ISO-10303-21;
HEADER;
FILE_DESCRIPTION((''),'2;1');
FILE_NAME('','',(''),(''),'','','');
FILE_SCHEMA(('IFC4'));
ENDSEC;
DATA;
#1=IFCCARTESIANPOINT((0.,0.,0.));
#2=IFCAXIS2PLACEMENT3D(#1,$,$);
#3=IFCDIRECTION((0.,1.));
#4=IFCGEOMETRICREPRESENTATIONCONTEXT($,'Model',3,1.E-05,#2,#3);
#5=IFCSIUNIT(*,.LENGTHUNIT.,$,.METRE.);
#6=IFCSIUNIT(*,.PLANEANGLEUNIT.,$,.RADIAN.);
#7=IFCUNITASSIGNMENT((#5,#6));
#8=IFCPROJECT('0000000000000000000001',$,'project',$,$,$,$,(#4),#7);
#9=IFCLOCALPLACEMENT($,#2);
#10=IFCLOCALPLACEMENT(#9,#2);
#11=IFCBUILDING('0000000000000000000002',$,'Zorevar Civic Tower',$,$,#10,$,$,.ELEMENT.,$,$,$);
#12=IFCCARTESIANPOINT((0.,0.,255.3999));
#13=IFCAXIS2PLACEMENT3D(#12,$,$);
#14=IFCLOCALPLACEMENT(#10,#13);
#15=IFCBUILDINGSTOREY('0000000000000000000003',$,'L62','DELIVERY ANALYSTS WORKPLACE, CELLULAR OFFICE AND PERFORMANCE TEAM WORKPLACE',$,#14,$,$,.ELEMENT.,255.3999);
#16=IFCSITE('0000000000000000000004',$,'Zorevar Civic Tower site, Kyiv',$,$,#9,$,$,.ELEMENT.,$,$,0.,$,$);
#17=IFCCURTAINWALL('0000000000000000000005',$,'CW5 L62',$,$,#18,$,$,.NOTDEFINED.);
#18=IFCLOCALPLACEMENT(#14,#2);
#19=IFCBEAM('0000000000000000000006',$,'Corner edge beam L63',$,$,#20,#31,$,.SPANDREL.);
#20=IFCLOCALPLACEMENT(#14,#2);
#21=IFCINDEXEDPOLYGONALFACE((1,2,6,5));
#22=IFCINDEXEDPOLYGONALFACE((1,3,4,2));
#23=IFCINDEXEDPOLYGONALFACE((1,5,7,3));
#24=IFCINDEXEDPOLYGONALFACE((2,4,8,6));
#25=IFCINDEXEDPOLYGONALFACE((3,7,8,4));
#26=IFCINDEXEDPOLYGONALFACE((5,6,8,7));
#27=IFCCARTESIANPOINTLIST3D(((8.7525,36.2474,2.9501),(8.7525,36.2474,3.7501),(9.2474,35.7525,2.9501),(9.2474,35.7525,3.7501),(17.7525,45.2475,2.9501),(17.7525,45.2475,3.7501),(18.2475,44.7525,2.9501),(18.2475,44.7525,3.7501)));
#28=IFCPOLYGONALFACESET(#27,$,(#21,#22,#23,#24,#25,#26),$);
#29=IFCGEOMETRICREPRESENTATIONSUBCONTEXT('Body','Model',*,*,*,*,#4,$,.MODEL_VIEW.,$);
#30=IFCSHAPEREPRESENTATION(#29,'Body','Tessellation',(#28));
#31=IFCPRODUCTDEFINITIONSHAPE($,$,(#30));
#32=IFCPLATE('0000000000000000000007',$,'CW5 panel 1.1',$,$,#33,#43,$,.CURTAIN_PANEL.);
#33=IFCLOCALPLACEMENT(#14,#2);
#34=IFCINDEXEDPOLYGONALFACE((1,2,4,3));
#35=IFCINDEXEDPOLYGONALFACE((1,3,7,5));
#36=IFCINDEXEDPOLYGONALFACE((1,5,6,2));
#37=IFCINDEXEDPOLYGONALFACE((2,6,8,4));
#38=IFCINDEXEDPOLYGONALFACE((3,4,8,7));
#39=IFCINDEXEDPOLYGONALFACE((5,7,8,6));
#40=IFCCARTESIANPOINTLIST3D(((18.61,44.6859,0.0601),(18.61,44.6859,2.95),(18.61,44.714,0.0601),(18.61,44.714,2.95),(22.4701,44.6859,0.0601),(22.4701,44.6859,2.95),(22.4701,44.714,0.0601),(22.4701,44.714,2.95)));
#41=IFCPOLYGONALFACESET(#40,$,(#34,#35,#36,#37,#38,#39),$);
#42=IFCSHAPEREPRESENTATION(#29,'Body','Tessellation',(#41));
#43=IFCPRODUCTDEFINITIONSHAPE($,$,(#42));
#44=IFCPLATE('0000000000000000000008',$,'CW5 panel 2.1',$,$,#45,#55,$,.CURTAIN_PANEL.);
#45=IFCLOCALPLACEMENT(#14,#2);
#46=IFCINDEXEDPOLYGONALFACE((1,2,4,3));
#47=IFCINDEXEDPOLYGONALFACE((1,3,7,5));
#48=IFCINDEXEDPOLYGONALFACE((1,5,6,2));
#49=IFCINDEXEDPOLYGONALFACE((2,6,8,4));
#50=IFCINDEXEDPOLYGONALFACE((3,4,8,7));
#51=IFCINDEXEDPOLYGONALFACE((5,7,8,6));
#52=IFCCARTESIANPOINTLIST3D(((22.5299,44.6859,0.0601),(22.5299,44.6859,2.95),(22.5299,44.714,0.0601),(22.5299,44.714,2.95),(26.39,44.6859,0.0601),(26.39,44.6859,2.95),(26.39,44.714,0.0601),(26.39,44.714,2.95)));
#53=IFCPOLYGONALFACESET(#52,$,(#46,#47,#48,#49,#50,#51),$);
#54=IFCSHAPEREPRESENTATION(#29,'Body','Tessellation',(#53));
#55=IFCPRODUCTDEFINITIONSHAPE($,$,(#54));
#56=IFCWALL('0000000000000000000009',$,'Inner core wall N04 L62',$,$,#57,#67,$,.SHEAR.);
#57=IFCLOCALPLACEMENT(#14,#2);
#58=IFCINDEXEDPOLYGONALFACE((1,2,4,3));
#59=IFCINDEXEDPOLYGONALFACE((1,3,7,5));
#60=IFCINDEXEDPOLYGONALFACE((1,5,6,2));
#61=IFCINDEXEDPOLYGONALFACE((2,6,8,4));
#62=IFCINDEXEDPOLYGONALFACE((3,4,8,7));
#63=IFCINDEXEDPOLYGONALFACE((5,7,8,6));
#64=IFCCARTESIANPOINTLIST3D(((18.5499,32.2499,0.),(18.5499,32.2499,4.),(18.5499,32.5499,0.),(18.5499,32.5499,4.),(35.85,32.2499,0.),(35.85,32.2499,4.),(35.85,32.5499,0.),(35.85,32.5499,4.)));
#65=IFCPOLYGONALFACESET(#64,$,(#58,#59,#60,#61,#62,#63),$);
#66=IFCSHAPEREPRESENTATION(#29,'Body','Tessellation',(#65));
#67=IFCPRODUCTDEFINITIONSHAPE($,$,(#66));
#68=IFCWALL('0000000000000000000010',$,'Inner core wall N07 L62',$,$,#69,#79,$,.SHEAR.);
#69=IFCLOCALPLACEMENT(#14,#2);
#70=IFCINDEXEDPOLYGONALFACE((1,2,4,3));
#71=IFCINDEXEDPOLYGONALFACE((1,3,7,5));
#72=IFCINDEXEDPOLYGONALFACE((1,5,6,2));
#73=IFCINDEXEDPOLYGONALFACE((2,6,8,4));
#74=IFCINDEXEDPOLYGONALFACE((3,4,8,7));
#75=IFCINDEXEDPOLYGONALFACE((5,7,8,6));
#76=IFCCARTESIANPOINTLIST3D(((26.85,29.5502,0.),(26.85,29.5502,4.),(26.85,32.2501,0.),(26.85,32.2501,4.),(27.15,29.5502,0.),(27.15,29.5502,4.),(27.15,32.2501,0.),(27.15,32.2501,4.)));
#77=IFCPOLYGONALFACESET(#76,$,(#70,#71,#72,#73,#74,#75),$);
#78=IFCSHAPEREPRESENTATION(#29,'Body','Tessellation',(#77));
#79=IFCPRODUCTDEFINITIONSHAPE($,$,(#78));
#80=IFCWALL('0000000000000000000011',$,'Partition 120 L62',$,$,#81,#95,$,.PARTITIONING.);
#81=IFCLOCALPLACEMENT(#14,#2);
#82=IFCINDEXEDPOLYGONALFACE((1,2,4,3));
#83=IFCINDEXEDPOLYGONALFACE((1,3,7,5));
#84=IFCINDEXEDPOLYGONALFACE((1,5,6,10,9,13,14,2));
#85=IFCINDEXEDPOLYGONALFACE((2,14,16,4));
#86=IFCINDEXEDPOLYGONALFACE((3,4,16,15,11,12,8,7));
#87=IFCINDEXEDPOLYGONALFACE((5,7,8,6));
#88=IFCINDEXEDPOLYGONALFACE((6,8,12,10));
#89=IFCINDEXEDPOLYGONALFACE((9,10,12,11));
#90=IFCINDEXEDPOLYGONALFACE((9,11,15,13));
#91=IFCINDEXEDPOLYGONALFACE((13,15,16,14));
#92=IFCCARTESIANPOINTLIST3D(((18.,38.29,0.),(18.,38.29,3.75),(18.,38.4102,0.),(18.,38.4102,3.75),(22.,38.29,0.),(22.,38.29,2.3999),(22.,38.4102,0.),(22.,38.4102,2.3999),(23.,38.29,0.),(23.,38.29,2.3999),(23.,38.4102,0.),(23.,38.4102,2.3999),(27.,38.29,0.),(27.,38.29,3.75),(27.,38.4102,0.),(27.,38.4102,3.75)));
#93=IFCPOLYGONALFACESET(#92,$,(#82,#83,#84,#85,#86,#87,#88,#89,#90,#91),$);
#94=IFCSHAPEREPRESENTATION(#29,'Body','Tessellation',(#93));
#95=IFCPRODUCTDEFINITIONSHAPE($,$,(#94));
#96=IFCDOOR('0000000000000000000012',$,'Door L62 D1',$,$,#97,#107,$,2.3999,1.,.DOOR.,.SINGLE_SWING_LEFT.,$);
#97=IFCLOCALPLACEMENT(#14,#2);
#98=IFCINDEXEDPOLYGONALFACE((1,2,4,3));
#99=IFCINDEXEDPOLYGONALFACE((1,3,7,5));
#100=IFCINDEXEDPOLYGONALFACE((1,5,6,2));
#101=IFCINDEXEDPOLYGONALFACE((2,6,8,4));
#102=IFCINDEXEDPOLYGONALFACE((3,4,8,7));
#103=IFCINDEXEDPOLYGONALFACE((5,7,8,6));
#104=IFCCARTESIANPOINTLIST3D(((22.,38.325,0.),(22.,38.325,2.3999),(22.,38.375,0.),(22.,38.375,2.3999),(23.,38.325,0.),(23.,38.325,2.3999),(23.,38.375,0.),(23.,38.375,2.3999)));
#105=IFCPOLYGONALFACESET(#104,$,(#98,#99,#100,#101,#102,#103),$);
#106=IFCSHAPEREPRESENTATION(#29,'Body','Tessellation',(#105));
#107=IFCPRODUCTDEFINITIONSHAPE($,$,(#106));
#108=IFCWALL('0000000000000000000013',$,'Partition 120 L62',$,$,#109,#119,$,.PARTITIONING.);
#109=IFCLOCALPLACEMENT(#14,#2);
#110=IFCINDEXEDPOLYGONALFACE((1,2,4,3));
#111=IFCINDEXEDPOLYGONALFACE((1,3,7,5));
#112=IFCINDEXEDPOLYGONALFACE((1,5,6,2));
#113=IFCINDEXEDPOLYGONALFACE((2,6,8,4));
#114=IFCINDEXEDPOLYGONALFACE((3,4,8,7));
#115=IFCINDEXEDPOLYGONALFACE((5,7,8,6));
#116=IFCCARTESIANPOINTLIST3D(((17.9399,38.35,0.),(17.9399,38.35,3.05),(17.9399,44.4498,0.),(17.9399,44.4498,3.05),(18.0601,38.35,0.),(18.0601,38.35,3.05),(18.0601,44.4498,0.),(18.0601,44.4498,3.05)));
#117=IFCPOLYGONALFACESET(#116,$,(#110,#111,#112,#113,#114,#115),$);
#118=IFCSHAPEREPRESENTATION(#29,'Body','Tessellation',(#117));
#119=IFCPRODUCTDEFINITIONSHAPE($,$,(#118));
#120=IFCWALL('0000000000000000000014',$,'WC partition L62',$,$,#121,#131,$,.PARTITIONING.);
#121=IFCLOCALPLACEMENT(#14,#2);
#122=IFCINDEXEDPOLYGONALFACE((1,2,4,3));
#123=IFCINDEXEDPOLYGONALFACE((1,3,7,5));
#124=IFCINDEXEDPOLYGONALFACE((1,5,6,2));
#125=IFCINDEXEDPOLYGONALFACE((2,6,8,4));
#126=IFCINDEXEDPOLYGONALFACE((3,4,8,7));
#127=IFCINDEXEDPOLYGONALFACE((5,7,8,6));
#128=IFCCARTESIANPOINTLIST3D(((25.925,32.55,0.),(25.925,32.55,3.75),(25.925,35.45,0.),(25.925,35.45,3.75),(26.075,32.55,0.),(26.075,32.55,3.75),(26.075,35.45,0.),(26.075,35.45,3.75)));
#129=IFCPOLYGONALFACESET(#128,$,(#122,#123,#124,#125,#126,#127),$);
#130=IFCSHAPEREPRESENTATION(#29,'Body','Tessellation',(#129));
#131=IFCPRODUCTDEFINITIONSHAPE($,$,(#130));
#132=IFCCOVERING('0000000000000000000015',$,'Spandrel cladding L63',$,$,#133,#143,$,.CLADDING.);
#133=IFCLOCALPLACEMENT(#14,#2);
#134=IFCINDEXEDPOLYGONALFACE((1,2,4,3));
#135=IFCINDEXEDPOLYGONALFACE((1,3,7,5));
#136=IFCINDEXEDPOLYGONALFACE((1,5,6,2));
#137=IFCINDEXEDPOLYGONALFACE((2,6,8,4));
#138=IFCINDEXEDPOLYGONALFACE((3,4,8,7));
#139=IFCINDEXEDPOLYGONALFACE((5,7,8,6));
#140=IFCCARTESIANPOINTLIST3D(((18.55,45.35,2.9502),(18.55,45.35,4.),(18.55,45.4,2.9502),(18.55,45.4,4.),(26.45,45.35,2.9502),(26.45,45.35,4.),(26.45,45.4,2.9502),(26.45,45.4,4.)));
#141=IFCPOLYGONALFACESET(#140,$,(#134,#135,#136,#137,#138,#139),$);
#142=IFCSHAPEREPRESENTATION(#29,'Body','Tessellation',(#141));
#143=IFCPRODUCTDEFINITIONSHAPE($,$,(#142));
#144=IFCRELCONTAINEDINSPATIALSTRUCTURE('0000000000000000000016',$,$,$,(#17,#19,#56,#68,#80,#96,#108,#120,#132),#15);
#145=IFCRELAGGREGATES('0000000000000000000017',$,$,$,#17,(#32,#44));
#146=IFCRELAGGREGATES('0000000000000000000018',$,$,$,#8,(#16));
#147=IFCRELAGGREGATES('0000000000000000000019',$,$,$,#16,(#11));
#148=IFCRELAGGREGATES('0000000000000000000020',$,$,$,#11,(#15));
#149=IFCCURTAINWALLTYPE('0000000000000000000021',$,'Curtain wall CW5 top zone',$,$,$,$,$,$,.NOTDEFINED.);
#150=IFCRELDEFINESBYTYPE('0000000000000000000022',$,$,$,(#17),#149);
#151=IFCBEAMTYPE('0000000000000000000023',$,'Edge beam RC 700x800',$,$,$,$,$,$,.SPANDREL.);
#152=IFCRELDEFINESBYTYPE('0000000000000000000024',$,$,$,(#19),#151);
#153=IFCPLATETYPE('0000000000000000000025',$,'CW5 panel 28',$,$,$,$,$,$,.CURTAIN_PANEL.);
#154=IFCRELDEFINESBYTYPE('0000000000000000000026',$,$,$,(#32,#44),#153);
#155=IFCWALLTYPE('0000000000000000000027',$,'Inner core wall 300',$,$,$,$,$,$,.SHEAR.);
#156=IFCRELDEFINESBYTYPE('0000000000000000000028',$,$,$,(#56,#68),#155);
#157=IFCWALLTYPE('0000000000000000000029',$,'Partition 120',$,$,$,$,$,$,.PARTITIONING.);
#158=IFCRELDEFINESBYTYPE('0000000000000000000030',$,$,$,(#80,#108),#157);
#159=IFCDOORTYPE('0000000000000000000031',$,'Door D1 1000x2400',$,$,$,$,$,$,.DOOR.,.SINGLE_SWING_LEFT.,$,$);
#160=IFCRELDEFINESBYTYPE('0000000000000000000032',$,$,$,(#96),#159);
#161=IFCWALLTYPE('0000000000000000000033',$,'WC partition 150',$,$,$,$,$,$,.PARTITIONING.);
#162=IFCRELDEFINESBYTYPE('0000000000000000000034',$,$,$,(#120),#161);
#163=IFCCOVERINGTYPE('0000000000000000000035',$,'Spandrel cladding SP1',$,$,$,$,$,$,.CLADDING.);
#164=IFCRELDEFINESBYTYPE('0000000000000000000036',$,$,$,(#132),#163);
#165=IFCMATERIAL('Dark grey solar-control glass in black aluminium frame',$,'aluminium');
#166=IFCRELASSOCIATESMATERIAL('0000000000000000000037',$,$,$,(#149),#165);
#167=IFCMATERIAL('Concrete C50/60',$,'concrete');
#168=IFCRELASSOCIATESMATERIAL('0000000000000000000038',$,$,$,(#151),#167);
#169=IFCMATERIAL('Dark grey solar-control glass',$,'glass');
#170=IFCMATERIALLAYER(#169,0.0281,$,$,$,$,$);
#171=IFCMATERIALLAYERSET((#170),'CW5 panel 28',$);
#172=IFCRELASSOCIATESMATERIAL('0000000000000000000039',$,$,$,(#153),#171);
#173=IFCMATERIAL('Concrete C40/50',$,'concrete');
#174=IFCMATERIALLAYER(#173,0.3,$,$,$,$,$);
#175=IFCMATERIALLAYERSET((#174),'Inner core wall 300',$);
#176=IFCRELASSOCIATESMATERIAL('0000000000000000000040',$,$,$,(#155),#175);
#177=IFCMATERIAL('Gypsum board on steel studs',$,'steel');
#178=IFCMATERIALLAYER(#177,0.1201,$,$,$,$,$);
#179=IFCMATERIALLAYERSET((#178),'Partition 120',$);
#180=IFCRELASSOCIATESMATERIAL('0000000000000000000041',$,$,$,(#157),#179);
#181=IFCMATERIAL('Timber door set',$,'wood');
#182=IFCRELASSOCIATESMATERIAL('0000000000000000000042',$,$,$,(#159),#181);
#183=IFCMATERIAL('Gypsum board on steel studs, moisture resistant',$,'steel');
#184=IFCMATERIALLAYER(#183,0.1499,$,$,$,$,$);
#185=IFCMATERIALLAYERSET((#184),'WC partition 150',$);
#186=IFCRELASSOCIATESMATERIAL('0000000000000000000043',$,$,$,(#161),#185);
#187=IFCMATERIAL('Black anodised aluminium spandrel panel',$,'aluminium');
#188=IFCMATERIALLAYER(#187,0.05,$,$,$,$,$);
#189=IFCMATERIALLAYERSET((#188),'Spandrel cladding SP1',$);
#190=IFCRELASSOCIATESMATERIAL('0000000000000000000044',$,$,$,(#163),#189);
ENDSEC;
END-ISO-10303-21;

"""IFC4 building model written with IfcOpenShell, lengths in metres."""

from ifc_helpers import new_model, si_unit, direction, frame, frame_2d, origin, origin_2d, place, context, subcontext, project, spatial, rectangle, extrude, material, layer, layer_set, material_profile, profile_set, type_object, element, fill, aggregate, save


model = new_model("IFC4")

# Units and contexts
model_context = context("Model", 3, precision=1e-05, world=origin(), true_north=direction((0.0, 1.0)))
body_context = subcontext(model_context, "Body", "Model", "MODEL_VIEW")
ifc_project = project(units=[si_unit("LENGTHUNIT", "METRE"), si_unit("PLANEANGLEUNIT", "RADIAN")], contexts=[model_context])

# Site, building, storey
site_placement = place(None, origin())
site = spatial("IfcSite", under=ifc_project, at=site_placement, Name="Zorevar Civic Tower site, Kyiv", CompositionType="ELEMENT", RefElevation=0.0)
building_placement = place(site_placement, origin())
building = spatial("IfcBuilding", under=site, at=building_placement, Name="Zorevar Civic Tower", CompositionType="ELEMENT")
storey_placement = place(building_placement, frame((0.0, 0.0, 255.3999)))
storey = spatial("IfcBuildingStorey", under=building, at=storey_placement, Name="L62", Description="DELIVERY ANALYSTS WORKPLACE, CELLULAR OFFICE AND PERFORMANCE TEAM WORKPLACE", CompositionType="ELEMENT", Elevation=255.3999)

# Curtain wall
ifc_material_1 = material(Name="Dark grey solar-control glass in black aluminium frame", Category="aluminium")
curtain_wall_type = type_object("IfcCurtainWallType", Name="Curtain wall CW5 top zone", PredefinedType="NOTDEFINED", material=ifc_material_1)
curtain_wall_placement = place(storey_placement, origin())
curtain_wall = element("IfcCurtainWall", 1, at=curtain_wall_placement, inside=storey, type_object=curtain_wall_type, Name="CW5 L62", PredefinedType="NOTDEFINED")

# Beam
ifc_material_2 = material(Name="Concrete C50/60", Category="concrete")
ifc_material_profile_1 = material_profile(ifc_material_2, rectangle(XDim=0.7, YDim=0.8, at=origin_2d()), Name="RC 700x800")
ifc_profile_set_1 = profile_set([ifc_material_profile_1], Name="Concrete C50/60")
beam_type_1 = type_object("IfcBeamType", Name="Edge beam RC 700x800", PredefinedType="SPANDREL", material=ifc_profile_set_1)
beam_1_placement = place(storey_placement, frame((18.0, 45.0, 3.3501), z_axis=(-0.707107, -0.707107, 0.0), x_axis=(0.707107, -0.707107, 0.0)))
element("IfcBeam", 2, at=beam_1_placement, inside=storey, type_object=beam_type_1, Name="Corner edge beam L63", PredefinedType="SPANDREL", context=body_context, shape_type="SweptSolid", body=[
    extrude(rectangle(XDim=0.7, YDim=0.8, at=origin_2d()), origin(), (0.0, 0.0, 1.0), 12.728),
])

# Plates
ifc_material_3 = material(Name="Dark grey solar-control glass", Category="glass")
ifc_layer_1 = layer(ifc_material_3, 0.0281)
ifc_layer_set_1 = layer_set([ifc_layer_1], Name="CW5 panel 28")
plate_type = type_object("IfcPlateType", Name="CW5 panel 28", PredefinedType="CURTAIN_PANEL", material=ifc_layer_set_1)
plate_1_placement = place(storey_placement, frame((20.54, 44.7, 0.0601), z_axis=(0.0, 0.0, 1.0), x_axis=(1.0, 0.0, 0.0)))
plate_1 = element("IfcPlate", 3, at=plate_1_placement, type_object=plate_type, Name="CW5 panel 1.1", PredefinedType="CURTAIN_PANEL", context=body_context, shape_type="SweptSolid", body=[
    extrude(rectangle(XDim=3.8601, YDim=0.0281, at=origin_2d()), origin(), (0.0, 0.0, 1.0), 2.8899),
])
plate_2_placement = place(storey_placement, frame((24.46, 44.7, 0.0601), z_axis=(0.0, 0.0, 1.0), x_axis=(1.0, 0.0, 0.0)))
plate_2 = element("IfcPlate", 4, at=plate_2_placement, type_object=plate_type, Name="CW5 panel 2.1", PredefinedType="CURTAIN_PANEL", context=body_context, shape_type="SweptSolid", body=[
    extrude(rectangle(XDim=3.8601, YDim=0.0281, at=origin_2d()), origin(), (0.0, 0.0, 1.0), 2.8899),
])
aggregate(curtain_wall, [plate_1, plate_2])

# Walls
ifc_material_4 = material(Name="Concrete C40/50", Category="concrete")
ifc_layer_2 = layer(ifc_material_4, 0.3)
ifc_layer_set_2 = layer_set([ifc_layer_2], Name="Inner core wall 300")
wall_type_1 = type_object("IfcWallType", Name="Inner core wall 300", PredefinedType="SHEAR", material=ifc_layer_set_2)
wall_1_placement = place(storey_placement, frame((18.55, 32.3999, 0.0), z_axis=(0.0, 0.0, 1.0), x_axis=(1.0, 0.0, 0.0)))
element("IfcWall", 5, at=wall_1_placement, inside=storey, type_object=wall_type_1, Name="Inner core wall N04 L62", PredefinedType="SHEAR", context=body_context, shape_type="SweptSolid", body=[
    extrude(rectangle(XDim=17.3, YDim=0.3, at=frame_2d((8.6499, 0.0))), origin(), (0.0, 0.0, 1.0), 4.0),
])
wall_2_placement = place(storey_placement, frame((27.0, 29.55, 0.0), z_axis=(0.0, 0.0, 1.0), x_axis=(0.0, 1.0, 0.0)))
element("IfcWall", 6, at=wall_2_placement, inside=storey, type_object=wall_type_1, Name="Inner core wall N07 L62", PredefinedType="SHEAR", context=body_context, shape_type="SweptSolid", body=[
    extrude(rectangle(XDim=2.7, YDim=0.3, at=frame_2d((1.3501, 0.0))), origin(), (0.0, 0.0, 1.0), 4.0),
])

# Wall, opening, door
ifc_material_5 = material(Name="Gypsum board on steel studs", Category="steel")
ifc_layer_3 = layer(ifc_material_5, 0.1201)
ifc_layer_set_3 = layer_set([ifc_layer_3], Name="Partition 120")
wall_type_2 = type_object("IfcWallType", Name="Partition 120", PredefinedType="PARTITIONING", material=ifc_layer_set_3)
wall_3_placement = place(storey_placement, frame((18.0, 38.3501, 0.0), z_axis=(0.0, 0.0, 1.0), x_axis=(1.0, 0.0, 0.0)))
wall_3 = element("IfcWall", 7, at=wall_3_placement, inside=storey, type_object=wall_type_2, Name="Partition 120 L62", PredefinedType="PARTITIONING", context=body_context, shape_type="SweptSolid", body=[
    extrude(rectangle(XDim=9.0, YDim=0.1201, at=frame_2d((4.5, 0.0))), origin(), (0.0, 0.0, 1.0), 3.75),
])
opening_1_placement = place(wall_3_placement, frame((4.0, 0.0, 0.0)))
opening_1 = element("IfcOpeningElement", 8, at=opening_1_placement, cuts=wall_3, PredefinedType="OPENING", context=body_context, shape_type="SweptSolid", body=[
    extrude(rectangle(XDim=1.0, YDim=2.3999, at=frame_2d((0.5, 1.2))), frame((0.0, 0.0701, 0.0), z_axis=(0.0, -1.0, 0.0), x_axis=(1.0, 0.0, 0.0)), (0.0, 0.0, 1.0), 0.1401),
])
ifc_material_6 = material(Name="Timber door set", Category="wood")
door_type_1 = type_object("IfcDoorType", Name="Door D1 1000x2400", OperationType="SINGLE_SWING_LEFT", PredefinedType="DOOR", material=ifc_material_6)
door_1_placement = place(opening_1_placement, origin())
door_1 = element("IfcDoor", 9, at=door_1_placement, inside=storey, type_object=door_type_1, Name="Door L62 D1", OperationType="SINGLE_SWING_LEFT", OverallHeight=2.3999, OverallWidth=1.0, PredefinedType="DOOR", context=body_context, shape_type="SweptSolid", body=[
    extrude(rectangle(XDim=1.0, YDim=2.3999, at=frame_2d((0.5, 1.2))), frame((0.0, 0.0249, 0.0), z_axis=(0.0, -1.0, 0.0), x_axis=(1.0, 0.0, 0.0)), (0.0, 0.0, 1.0), 0.05),
])
fill(opening_1, door_1)

# Wall
wall_4_placement = place(storey_placement, frame((18.0, 38.3501, 0.0), z_axis=(0.0, 0.0, 1.0), x_axis=(0.0, 1.0, 0.0)))
element("IfcWall", 10, at=wall_4_placement, inside=storey, type_object=wall_type_2, Name="Partition 120 L62", PredefinedType="PARTITIONING", context=body_context, shape_type="SweptSolid", body=[
    extrude(rectangle(XDim=6.0999, YDim=0.1201, at=frame_2d((3.0498, 0.0))), origin(), (0.0, 0.0, 1.0), 3.05),
])

# Wall
ifc_material_7 = material(Name="Gypsum board on steel studs, moisture resistant", Category="steel")
ifc_layer_4 = layer(ifc_material_7, 0.1499)
ifc_layer_set_4 = layer_set([ifc_layer_4], Name="WC partition 150")
wall_type_3 = type_object("IfcWallType", Name="WC partition 150", PredefinedType="PARTITIONING", material=ifc_layer_set_4)
wall_5_placement = place(storey_placement, frame((26.0, 32.55, 0.0), z_axis=(0.0, 0.0, 1.0), x_axis=(0.0, 1.0, 0.0)))
element("IfcWall", 11, at=wall_5_placement, inside=storey, type_object=wall_type_3, Name="WC partition L62", PredefinedType="PARTITIONING", context=body_context, shape_type="SweptSolid", body=[
    extrude(rectangle(XDim=2.8999, YDim=0.1499, at=frame_2d((1.45, 0.0))), origin(), (0.0, 0.0, 1.0), 3.75),
])

# Covering
ifc_material_8 = material(Name="Black anodised aluminium spandrel panel", Category="aluminium")
ifc_layer_5 = layer(ifc_material_8, 0.05)
ifc_layer_set_5 = layer_set([ifc_layer_5], Name="Spandrel cladding SP1")
covering_type = type_object("IfcCoveringType", Name="Spandrel cladding SP1", PredefinedType="CLADDING", material=ifc_layer_set_5)
covering_placement = place(storey_placement, frame((18.55, 45.375, 2.9502), z_axis=(0.0, 0.0, 1.0), x_axis=(1.0, 0.0, 0.0)))
element("IfcCovering", 12, at=covering_placement, inside=storey, type_object=covering_type, Name="Spandrel cladding L63", PredefinedType="CLADDING", context=body_context, shape_type="SweptSolid", body=[
    extrude(rectangle(XDim=7.8999, YDim=0.05, at=frame_2d((3.95, 0.0))), origin(), (0.0, 0.0, 1.0), 1.0498),
])

save(model, "model.ifc")
